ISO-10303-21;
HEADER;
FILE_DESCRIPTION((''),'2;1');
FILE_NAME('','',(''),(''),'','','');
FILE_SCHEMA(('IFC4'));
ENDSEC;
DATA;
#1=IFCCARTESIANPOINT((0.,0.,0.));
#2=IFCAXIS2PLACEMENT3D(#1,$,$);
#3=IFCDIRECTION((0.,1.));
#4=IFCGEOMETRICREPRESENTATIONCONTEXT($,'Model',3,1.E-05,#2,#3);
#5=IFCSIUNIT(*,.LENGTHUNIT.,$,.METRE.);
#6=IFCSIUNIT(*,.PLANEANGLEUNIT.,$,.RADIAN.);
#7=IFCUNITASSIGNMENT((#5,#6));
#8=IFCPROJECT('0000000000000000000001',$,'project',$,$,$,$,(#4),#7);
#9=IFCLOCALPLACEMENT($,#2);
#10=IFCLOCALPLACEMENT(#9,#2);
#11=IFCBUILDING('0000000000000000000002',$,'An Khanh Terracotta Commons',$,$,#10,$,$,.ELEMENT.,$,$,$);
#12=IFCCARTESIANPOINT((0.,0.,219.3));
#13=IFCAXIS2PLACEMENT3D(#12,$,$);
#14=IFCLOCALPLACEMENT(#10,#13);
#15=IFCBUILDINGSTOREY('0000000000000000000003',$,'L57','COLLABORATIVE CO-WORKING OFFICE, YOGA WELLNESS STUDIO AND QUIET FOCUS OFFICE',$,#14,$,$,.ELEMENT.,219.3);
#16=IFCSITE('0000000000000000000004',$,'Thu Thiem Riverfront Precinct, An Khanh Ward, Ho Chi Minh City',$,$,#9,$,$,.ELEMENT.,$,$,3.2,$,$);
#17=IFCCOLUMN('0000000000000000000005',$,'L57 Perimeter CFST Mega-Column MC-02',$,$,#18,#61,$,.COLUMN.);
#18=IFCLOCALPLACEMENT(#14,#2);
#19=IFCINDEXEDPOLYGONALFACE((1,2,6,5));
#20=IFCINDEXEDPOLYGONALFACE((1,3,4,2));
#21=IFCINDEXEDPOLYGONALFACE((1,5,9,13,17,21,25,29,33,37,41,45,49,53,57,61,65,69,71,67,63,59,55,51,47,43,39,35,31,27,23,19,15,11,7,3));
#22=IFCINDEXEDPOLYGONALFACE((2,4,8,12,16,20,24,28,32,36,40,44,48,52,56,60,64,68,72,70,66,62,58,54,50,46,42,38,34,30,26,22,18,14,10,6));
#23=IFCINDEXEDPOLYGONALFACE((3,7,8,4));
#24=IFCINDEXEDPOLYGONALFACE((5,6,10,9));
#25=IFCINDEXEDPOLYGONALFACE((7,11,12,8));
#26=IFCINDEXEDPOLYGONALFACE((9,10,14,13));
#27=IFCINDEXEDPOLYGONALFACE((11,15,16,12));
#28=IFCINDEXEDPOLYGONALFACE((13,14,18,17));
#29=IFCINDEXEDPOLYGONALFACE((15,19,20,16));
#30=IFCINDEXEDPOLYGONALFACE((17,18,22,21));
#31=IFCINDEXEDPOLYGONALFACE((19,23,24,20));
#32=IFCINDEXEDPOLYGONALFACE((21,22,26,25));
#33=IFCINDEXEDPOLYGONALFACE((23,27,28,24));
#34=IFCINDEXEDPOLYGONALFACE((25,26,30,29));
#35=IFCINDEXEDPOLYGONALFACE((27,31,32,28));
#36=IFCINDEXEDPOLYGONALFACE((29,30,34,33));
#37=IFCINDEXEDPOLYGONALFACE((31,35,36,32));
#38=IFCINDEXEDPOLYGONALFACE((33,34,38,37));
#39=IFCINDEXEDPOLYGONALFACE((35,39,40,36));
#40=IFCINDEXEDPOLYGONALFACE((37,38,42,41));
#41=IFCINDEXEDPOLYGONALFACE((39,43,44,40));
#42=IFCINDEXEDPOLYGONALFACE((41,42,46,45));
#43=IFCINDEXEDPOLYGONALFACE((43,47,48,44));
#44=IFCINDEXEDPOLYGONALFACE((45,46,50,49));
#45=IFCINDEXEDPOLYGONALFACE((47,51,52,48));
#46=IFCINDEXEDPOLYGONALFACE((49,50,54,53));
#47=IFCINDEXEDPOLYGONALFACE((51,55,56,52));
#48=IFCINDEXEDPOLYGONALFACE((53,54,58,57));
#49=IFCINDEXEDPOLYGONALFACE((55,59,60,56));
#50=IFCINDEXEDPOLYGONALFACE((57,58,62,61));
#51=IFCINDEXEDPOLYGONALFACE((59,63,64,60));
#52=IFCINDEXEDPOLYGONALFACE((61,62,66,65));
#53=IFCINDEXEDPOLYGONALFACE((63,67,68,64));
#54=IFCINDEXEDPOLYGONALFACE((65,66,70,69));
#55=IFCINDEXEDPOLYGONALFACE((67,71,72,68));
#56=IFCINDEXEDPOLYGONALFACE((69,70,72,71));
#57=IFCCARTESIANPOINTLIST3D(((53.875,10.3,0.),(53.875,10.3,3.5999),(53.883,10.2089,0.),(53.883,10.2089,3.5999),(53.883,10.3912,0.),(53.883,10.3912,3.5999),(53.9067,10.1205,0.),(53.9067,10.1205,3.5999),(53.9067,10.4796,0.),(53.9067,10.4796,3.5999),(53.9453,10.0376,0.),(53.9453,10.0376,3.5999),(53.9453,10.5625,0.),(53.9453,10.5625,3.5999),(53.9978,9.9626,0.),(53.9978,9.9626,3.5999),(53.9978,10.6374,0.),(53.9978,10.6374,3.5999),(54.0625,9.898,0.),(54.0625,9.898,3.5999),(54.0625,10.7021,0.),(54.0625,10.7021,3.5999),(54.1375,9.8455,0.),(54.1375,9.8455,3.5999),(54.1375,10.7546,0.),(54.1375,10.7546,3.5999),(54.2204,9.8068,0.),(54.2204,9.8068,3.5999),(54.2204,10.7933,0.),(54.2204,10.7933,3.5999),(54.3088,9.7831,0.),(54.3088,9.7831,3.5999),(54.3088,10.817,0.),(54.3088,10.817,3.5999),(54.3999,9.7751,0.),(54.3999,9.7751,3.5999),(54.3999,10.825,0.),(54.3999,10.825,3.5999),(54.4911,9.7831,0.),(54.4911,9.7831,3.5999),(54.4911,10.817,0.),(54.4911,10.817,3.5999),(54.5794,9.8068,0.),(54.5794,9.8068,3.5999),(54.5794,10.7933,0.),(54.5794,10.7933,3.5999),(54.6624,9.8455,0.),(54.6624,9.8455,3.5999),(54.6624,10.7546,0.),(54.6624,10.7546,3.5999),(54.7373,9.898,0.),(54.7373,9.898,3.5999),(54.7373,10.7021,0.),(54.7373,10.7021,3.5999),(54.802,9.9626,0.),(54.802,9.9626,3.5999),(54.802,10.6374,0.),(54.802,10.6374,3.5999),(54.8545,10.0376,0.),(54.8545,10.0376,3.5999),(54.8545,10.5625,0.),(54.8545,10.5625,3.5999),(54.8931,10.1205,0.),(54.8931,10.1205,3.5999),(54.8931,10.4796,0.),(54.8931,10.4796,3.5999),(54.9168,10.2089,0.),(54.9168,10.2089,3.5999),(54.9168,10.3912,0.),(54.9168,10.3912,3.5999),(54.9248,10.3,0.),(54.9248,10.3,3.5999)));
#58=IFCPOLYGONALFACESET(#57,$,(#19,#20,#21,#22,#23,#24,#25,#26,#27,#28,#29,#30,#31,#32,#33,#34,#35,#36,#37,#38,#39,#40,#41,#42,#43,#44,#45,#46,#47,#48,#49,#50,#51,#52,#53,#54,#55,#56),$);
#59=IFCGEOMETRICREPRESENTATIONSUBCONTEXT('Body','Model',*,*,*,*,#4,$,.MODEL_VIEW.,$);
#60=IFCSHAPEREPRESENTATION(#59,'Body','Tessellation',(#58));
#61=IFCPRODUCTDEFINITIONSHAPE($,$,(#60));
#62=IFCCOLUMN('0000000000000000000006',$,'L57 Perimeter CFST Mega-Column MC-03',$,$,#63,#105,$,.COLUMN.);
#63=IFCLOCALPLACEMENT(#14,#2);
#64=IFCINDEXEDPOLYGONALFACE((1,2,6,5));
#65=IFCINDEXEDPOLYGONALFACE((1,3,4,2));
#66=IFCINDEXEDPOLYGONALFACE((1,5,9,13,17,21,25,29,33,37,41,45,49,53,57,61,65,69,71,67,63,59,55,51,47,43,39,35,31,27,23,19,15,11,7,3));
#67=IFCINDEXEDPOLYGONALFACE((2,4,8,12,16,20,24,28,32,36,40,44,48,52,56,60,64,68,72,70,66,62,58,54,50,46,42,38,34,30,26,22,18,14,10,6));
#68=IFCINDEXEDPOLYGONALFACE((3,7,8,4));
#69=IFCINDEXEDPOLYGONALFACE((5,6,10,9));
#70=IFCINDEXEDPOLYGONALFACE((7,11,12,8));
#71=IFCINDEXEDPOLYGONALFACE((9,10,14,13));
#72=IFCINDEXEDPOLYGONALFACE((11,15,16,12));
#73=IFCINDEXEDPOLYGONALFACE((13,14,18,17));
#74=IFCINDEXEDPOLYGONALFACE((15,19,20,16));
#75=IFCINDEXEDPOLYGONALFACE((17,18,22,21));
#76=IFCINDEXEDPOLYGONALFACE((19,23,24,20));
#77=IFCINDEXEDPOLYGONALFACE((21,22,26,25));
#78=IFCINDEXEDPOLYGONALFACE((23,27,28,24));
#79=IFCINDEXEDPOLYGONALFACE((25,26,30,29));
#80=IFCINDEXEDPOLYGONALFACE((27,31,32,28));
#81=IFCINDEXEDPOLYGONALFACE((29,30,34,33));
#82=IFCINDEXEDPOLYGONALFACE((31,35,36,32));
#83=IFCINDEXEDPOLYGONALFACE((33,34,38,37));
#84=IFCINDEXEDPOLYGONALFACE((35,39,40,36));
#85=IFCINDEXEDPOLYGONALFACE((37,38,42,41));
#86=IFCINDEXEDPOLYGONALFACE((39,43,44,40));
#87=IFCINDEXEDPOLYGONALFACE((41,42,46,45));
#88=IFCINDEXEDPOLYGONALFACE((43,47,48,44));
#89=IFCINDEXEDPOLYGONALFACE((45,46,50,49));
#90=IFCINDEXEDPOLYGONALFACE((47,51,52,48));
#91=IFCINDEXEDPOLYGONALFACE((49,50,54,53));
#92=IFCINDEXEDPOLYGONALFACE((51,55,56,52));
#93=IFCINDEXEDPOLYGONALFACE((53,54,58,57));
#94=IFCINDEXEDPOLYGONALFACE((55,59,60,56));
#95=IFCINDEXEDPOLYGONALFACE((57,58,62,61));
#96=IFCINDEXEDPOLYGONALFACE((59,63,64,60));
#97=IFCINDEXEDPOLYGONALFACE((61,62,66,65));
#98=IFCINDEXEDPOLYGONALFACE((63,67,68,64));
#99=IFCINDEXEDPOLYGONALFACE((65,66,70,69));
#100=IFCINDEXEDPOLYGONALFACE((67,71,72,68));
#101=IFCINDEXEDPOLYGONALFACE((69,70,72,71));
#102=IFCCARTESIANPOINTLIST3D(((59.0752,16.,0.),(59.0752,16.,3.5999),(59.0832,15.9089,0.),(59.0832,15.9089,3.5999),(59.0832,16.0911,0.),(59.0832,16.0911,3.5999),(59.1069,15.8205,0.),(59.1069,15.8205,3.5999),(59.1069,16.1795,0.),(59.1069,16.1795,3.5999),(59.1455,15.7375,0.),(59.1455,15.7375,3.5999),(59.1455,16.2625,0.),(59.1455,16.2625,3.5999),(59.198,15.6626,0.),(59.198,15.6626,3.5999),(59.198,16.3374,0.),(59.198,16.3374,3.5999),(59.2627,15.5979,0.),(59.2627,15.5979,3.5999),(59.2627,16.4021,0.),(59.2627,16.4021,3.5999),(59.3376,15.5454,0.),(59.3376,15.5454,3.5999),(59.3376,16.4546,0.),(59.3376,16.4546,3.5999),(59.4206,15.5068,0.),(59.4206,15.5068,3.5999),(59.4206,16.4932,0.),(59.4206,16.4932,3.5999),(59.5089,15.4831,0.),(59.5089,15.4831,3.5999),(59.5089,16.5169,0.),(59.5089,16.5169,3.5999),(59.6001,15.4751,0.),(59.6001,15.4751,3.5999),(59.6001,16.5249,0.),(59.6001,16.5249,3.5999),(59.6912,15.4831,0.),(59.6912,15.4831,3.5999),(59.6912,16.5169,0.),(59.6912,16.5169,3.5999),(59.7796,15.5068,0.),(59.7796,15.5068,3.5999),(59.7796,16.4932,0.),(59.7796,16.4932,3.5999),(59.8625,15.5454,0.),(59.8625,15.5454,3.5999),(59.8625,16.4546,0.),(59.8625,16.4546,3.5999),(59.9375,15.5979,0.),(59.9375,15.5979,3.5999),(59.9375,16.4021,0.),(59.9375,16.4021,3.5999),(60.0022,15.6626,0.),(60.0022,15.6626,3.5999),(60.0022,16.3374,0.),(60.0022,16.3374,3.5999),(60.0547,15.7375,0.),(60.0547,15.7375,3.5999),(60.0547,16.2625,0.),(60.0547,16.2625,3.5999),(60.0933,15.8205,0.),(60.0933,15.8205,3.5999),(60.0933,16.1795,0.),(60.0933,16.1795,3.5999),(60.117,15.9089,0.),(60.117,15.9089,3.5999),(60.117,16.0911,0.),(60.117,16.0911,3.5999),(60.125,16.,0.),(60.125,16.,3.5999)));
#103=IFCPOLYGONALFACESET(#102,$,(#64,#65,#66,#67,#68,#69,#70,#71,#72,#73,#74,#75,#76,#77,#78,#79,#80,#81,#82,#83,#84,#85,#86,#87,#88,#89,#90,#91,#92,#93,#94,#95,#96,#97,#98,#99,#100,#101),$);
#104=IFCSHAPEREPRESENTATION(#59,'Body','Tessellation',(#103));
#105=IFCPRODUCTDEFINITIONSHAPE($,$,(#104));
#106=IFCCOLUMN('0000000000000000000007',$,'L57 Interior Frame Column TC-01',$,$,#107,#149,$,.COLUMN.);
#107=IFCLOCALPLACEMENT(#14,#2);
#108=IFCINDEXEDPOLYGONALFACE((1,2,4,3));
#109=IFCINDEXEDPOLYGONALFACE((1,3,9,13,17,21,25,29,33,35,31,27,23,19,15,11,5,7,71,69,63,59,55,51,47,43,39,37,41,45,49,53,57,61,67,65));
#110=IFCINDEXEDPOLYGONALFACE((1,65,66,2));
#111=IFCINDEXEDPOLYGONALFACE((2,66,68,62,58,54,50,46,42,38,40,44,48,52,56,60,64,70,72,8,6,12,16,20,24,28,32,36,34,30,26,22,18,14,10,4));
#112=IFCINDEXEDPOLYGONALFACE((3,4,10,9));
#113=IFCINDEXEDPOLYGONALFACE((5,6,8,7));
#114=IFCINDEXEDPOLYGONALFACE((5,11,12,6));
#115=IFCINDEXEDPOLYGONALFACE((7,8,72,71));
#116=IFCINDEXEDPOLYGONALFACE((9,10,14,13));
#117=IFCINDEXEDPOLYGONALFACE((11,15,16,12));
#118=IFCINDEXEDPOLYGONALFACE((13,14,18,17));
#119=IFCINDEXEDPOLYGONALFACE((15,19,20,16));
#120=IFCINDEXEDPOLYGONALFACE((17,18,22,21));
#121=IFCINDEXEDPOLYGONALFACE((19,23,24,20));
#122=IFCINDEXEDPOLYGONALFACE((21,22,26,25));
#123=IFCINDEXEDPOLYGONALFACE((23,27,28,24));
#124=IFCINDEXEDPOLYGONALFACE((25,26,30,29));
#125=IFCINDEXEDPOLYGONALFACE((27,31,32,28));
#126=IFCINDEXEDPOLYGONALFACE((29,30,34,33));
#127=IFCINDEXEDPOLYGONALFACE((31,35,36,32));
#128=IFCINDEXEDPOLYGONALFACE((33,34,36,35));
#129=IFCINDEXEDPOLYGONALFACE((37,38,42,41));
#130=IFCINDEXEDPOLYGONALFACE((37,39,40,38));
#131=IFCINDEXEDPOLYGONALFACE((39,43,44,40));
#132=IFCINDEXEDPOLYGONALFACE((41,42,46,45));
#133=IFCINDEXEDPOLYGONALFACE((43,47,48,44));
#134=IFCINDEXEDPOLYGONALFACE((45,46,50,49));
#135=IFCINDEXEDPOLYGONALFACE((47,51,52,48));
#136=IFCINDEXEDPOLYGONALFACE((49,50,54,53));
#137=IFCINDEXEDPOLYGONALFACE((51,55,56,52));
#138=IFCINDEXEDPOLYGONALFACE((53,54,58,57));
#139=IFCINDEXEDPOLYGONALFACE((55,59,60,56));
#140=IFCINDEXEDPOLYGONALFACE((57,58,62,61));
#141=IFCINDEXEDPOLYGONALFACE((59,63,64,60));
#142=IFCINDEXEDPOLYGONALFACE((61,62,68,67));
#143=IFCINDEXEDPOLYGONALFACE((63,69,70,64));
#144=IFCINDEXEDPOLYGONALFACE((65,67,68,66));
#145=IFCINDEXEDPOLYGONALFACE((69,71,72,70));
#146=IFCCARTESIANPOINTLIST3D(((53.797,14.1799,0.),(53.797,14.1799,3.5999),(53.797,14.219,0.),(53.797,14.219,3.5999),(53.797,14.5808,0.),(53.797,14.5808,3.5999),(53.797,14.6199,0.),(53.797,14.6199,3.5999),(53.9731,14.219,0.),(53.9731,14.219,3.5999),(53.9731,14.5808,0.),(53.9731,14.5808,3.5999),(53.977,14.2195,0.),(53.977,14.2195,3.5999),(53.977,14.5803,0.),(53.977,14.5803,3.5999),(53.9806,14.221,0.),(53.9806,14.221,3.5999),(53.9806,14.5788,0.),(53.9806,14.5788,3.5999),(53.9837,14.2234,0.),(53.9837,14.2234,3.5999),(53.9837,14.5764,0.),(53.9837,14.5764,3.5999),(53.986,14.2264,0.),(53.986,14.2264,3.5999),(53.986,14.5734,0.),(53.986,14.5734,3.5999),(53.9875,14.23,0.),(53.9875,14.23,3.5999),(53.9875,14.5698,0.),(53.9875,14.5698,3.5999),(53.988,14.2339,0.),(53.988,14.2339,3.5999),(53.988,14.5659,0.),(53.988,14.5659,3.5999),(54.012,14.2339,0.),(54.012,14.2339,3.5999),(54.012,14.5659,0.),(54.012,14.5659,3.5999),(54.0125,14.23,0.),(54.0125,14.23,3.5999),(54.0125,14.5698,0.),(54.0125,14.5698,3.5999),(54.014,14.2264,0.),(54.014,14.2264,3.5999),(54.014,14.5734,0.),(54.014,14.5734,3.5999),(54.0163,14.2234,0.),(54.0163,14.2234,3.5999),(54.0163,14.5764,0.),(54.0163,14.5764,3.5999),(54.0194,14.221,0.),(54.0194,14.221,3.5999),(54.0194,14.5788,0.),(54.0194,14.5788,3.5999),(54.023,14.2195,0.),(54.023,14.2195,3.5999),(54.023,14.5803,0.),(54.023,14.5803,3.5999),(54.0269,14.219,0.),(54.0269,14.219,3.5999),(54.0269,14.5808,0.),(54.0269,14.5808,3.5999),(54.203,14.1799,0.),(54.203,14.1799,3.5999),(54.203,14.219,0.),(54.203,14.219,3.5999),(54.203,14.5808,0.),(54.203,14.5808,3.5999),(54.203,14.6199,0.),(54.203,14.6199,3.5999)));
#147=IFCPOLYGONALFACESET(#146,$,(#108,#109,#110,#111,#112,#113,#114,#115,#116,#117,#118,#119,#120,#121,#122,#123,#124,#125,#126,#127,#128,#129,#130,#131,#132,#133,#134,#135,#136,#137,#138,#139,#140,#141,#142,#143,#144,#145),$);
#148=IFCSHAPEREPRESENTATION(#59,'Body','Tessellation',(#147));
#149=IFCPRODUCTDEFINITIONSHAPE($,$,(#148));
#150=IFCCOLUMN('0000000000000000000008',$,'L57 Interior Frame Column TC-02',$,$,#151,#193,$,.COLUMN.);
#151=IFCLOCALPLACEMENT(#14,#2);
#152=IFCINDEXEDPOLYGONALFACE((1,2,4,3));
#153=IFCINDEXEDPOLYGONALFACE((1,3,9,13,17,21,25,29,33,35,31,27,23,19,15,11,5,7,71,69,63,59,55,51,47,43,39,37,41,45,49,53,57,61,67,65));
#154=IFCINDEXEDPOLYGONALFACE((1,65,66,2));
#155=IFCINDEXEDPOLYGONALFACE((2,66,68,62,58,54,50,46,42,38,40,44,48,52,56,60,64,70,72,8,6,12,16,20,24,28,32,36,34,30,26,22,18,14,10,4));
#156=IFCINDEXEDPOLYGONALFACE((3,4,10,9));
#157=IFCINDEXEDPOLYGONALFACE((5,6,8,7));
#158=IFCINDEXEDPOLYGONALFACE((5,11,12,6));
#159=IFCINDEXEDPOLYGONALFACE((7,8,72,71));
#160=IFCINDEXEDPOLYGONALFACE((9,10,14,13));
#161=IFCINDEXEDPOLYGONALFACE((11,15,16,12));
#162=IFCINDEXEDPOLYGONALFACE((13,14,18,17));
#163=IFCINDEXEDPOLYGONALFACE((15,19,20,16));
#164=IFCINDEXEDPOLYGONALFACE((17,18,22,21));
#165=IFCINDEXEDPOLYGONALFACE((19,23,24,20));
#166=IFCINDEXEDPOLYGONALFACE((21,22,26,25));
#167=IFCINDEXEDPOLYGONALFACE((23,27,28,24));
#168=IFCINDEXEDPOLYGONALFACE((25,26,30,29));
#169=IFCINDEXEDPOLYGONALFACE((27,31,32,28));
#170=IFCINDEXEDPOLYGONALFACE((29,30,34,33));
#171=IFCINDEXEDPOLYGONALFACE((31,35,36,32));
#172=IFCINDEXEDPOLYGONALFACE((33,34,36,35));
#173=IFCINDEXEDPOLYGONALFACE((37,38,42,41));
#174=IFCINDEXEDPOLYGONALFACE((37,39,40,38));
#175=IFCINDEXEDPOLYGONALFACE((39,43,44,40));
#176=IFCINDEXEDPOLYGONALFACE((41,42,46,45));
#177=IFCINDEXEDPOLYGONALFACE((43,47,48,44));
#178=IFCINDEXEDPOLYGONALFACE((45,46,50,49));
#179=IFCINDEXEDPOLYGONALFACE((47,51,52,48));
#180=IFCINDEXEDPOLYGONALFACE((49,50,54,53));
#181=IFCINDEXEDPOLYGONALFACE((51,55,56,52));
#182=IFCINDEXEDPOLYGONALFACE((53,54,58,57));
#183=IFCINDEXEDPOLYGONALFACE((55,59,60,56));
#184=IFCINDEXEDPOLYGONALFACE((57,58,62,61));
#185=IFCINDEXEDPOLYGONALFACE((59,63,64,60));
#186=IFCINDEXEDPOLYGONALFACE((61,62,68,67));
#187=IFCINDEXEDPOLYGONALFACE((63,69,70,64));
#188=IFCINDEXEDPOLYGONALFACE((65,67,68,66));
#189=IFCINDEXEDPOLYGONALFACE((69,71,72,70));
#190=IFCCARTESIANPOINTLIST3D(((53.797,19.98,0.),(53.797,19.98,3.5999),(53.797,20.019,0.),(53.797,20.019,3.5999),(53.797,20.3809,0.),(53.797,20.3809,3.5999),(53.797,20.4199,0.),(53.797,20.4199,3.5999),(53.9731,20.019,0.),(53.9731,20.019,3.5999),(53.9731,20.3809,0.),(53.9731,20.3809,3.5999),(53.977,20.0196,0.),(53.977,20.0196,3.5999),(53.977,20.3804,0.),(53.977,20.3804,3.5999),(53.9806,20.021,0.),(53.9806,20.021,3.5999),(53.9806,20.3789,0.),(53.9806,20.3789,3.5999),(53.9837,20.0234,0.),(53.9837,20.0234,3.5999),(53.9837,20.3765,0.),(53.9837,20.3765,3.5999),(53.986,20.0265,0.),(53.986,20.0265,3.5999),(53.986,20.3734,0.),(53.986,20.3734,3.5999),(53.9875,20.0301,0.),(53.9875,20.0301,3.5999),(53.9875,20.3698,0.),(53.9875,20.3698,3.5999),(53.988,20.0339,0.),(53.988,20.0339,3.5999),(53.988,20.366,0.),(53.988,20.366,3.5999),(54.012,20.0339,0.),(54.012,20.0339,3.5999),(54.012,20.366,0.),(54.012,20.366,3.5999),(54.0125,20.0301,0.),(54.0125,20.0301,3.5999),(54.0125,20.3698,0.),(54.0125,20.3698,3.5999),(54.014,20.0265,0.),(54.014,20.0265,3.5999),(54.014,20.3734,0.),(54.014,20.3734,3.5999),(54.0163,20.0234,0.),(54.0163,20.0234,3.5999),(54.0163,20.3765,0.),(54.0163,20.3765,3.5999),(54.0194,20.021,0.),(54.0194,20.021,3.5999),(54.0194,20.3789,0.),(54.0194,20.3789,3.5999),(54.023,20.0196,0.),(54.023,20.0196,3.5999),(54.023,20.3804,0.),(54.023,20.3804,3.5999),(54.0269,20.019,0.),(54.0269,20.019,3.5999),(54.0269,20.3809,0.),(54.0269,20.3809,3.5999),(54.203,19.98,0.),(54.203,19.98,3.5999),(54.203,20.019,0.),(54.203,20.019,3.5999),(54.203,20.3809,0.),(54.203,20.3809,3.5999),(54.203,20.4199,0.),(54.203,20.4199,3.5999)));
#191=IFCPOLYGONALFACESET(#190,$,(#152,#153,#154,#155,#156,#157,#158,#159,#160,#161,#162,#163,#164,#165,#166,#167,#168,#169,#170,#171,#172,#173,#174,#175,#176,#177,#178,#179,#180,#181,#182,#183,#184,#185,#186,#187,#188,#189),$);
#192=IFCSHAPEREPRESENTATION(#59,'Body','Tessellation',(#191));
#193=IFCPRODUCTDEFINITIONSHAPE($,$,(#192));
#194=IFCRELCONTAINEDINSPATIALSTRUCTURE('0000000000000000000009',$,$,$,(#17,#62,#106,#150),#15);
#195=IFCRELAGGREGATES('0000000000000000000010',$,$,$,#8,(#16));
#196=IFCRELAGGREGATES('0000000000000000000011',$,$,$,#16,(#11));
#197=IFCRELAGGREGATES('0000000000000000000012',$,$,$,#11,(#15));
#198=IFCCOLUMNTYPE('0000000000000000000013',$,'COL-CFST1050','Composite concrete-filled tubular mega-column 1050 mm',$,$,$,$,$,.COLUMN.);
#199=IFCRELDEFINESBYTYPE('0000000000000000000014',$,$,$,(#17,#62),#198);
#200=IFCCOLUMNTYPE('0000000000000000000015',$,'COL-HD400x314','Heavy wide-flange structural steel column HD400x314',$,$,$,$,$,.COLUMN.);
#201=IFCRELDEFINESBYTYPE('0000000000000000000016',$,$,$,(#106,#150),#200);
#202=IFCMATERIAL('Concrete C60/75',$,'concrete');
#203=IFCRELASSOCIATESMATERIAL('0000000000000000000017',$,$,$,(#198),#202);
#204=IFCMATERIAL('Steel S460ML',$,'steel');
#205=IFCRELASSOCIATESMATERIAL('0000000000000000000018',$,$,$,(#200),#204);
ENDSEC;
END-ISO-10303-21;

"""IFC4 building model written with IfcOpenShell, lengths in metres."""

from ifc_helpers import new_model, si_unit, direction, frame, origin, origin_2d, place, context, subcontext, project, spatial, circle, i_section, extrude, material, material_profile, profile_set, type_object, element, save


model = new_model("IFC4")

# Units and contexts
model_context = context("Model", 3, precision=1e-05, world=origin(), true_north=direction((0.0, 1.0)))
body_context = subcontext(model_context, "Body", "Model", "MODEL_VIEW")
ifc_project = project(units=[si_unit("LENGTHUNIT", "METRE"), si_unit("PLANEANGLEUNIT", "RADIAN")], contexts=[model_context])

# Site, building, storey
site_placement = place(None, origin())
site = spatial("IfcSite", under=ifc_project, at=site_placement, Name="Thu Thiem Riverfront Precinct, An Khanh Ward, Ho Chi Minh City", CompositionType="ELEMENT", RefElevation=3.2)
building_placement = place(site_placement, origin())
building = spatial("IfcBuilding", under=site, at=building_placement, Name="An Khanh Terracotta Commons", CompositionType="ELEMENT")
storey_placement = place(building_placement, frame((0.0, 0.0, 219.3)))
storey = spatial("IfcBuildingStorey", under=building, at=storey_placement, Name="L57", Description="COLLABORATIVE CO-WORKING OFFICE, YOGA WELLNESS STUDIO AND QUIET FOCUS OFFICE", CompositionType="ELEMENT", Elevation=219.3)

# Columns
ifc_material_1 = material(Name="Concrete C60/75", Category="concrete")
ifc_material_profile_1 = material_profile(ifc_material_1, circle(Radius=0.5249, at=origin_2d()), Name="CFST1050")
ifc_profile_set_1 = profile_set([ifc_material_profile_1], Name="Concrete C60/75")
column_type_1 = type_object("IfcColumnType", Name="COL-CFST1050", Description="Composite concrete-filled tubular mega-column 1050 mm", PredefinedType="COLUMN", material=ifc_profile_set_1)
for number, where, z_axis, x_axis, name in (
    (1, (54.3999, 10.3, 0.0), (0.0, 0.0, 1.0), (1.0, 0.0, 0.0), "L57 Perimeter CFST Mega-Column MC-02"),
    (2, (59.6001, 16.0, 0.0), (0.0, 0.0, 1.0), (1.0, 0.0, 0.0), "L57 Perimeter CFST Mega-Column MC-03"),
):
    element("IfcColumn", number, at=place(storey_placement, frame(where, z_axis=z_axis, x_axis=x_axis)), inside=storey, type_object=column_type_1, Name=name, PredefinedType="COLUMN", context=body_context, shape_type="SweptSolid", body=[
        extrude(circle(Radius=0.5249, at=origin_2d()), origin(), (0.0, 0.0, 1.0), 3.5999),
    ])
ifc_material_2 = material(Name="Steel S460ML", Category="steel")
ifc_material_profile_2 = material_profile(ifc_material_2, i_section(OverallWidth=0.406, OverallDepth=0.4399, WebThickness=0.0239, FlangeThickness=0.0391, FilletRadius=0.0149, at=origin_2d()), Name="HD400x314")
ifc_profile_set_2 = profile_set([ifc_material_profile_2], Name="Steel S460ML")
column_type_2 = type_object("IfcColumnType", Name="COL-HD400x314", Description="Heavy wide-flange structural steel column HD400x314", PredefinedType="COLUMN", material=ifc_profile_set_2)
for number, where, z_axis, x_axis, name in (
    (3, (54.0, 14.3999, 0.0), (0.0, 0.0, 1.0), (1.0, 0.0, 0.0), "L57 Interior Frame Column TC-01"),
    (4, (54.0, 20.2, 0.0), (0.0, 0.0, 1.0), (1.0, 0.0, 0.0), "L57 Interior Frame Column TC-02"),
):
    element("IfcColumn", number, at=place(storey_placement, frame(where, z_axis=z_axis, x_axis=x_axis)), inside=storey, type_object=column_type_2, Name=name, PredefinedType="COLUMN", context=body_context, shape_type="SweptSolid", body=[
        extrude(i_section(OverallWidth=0.406, OverallDepth=0.4399, WebThickness=0.0239, FlangeThickness=0.0391, FilletRadius=0.0149, at=origin_2d()), origin(), (0.0, 0.0, 1.0), 3.5999),
    ])

save(model, "model.ifc")
